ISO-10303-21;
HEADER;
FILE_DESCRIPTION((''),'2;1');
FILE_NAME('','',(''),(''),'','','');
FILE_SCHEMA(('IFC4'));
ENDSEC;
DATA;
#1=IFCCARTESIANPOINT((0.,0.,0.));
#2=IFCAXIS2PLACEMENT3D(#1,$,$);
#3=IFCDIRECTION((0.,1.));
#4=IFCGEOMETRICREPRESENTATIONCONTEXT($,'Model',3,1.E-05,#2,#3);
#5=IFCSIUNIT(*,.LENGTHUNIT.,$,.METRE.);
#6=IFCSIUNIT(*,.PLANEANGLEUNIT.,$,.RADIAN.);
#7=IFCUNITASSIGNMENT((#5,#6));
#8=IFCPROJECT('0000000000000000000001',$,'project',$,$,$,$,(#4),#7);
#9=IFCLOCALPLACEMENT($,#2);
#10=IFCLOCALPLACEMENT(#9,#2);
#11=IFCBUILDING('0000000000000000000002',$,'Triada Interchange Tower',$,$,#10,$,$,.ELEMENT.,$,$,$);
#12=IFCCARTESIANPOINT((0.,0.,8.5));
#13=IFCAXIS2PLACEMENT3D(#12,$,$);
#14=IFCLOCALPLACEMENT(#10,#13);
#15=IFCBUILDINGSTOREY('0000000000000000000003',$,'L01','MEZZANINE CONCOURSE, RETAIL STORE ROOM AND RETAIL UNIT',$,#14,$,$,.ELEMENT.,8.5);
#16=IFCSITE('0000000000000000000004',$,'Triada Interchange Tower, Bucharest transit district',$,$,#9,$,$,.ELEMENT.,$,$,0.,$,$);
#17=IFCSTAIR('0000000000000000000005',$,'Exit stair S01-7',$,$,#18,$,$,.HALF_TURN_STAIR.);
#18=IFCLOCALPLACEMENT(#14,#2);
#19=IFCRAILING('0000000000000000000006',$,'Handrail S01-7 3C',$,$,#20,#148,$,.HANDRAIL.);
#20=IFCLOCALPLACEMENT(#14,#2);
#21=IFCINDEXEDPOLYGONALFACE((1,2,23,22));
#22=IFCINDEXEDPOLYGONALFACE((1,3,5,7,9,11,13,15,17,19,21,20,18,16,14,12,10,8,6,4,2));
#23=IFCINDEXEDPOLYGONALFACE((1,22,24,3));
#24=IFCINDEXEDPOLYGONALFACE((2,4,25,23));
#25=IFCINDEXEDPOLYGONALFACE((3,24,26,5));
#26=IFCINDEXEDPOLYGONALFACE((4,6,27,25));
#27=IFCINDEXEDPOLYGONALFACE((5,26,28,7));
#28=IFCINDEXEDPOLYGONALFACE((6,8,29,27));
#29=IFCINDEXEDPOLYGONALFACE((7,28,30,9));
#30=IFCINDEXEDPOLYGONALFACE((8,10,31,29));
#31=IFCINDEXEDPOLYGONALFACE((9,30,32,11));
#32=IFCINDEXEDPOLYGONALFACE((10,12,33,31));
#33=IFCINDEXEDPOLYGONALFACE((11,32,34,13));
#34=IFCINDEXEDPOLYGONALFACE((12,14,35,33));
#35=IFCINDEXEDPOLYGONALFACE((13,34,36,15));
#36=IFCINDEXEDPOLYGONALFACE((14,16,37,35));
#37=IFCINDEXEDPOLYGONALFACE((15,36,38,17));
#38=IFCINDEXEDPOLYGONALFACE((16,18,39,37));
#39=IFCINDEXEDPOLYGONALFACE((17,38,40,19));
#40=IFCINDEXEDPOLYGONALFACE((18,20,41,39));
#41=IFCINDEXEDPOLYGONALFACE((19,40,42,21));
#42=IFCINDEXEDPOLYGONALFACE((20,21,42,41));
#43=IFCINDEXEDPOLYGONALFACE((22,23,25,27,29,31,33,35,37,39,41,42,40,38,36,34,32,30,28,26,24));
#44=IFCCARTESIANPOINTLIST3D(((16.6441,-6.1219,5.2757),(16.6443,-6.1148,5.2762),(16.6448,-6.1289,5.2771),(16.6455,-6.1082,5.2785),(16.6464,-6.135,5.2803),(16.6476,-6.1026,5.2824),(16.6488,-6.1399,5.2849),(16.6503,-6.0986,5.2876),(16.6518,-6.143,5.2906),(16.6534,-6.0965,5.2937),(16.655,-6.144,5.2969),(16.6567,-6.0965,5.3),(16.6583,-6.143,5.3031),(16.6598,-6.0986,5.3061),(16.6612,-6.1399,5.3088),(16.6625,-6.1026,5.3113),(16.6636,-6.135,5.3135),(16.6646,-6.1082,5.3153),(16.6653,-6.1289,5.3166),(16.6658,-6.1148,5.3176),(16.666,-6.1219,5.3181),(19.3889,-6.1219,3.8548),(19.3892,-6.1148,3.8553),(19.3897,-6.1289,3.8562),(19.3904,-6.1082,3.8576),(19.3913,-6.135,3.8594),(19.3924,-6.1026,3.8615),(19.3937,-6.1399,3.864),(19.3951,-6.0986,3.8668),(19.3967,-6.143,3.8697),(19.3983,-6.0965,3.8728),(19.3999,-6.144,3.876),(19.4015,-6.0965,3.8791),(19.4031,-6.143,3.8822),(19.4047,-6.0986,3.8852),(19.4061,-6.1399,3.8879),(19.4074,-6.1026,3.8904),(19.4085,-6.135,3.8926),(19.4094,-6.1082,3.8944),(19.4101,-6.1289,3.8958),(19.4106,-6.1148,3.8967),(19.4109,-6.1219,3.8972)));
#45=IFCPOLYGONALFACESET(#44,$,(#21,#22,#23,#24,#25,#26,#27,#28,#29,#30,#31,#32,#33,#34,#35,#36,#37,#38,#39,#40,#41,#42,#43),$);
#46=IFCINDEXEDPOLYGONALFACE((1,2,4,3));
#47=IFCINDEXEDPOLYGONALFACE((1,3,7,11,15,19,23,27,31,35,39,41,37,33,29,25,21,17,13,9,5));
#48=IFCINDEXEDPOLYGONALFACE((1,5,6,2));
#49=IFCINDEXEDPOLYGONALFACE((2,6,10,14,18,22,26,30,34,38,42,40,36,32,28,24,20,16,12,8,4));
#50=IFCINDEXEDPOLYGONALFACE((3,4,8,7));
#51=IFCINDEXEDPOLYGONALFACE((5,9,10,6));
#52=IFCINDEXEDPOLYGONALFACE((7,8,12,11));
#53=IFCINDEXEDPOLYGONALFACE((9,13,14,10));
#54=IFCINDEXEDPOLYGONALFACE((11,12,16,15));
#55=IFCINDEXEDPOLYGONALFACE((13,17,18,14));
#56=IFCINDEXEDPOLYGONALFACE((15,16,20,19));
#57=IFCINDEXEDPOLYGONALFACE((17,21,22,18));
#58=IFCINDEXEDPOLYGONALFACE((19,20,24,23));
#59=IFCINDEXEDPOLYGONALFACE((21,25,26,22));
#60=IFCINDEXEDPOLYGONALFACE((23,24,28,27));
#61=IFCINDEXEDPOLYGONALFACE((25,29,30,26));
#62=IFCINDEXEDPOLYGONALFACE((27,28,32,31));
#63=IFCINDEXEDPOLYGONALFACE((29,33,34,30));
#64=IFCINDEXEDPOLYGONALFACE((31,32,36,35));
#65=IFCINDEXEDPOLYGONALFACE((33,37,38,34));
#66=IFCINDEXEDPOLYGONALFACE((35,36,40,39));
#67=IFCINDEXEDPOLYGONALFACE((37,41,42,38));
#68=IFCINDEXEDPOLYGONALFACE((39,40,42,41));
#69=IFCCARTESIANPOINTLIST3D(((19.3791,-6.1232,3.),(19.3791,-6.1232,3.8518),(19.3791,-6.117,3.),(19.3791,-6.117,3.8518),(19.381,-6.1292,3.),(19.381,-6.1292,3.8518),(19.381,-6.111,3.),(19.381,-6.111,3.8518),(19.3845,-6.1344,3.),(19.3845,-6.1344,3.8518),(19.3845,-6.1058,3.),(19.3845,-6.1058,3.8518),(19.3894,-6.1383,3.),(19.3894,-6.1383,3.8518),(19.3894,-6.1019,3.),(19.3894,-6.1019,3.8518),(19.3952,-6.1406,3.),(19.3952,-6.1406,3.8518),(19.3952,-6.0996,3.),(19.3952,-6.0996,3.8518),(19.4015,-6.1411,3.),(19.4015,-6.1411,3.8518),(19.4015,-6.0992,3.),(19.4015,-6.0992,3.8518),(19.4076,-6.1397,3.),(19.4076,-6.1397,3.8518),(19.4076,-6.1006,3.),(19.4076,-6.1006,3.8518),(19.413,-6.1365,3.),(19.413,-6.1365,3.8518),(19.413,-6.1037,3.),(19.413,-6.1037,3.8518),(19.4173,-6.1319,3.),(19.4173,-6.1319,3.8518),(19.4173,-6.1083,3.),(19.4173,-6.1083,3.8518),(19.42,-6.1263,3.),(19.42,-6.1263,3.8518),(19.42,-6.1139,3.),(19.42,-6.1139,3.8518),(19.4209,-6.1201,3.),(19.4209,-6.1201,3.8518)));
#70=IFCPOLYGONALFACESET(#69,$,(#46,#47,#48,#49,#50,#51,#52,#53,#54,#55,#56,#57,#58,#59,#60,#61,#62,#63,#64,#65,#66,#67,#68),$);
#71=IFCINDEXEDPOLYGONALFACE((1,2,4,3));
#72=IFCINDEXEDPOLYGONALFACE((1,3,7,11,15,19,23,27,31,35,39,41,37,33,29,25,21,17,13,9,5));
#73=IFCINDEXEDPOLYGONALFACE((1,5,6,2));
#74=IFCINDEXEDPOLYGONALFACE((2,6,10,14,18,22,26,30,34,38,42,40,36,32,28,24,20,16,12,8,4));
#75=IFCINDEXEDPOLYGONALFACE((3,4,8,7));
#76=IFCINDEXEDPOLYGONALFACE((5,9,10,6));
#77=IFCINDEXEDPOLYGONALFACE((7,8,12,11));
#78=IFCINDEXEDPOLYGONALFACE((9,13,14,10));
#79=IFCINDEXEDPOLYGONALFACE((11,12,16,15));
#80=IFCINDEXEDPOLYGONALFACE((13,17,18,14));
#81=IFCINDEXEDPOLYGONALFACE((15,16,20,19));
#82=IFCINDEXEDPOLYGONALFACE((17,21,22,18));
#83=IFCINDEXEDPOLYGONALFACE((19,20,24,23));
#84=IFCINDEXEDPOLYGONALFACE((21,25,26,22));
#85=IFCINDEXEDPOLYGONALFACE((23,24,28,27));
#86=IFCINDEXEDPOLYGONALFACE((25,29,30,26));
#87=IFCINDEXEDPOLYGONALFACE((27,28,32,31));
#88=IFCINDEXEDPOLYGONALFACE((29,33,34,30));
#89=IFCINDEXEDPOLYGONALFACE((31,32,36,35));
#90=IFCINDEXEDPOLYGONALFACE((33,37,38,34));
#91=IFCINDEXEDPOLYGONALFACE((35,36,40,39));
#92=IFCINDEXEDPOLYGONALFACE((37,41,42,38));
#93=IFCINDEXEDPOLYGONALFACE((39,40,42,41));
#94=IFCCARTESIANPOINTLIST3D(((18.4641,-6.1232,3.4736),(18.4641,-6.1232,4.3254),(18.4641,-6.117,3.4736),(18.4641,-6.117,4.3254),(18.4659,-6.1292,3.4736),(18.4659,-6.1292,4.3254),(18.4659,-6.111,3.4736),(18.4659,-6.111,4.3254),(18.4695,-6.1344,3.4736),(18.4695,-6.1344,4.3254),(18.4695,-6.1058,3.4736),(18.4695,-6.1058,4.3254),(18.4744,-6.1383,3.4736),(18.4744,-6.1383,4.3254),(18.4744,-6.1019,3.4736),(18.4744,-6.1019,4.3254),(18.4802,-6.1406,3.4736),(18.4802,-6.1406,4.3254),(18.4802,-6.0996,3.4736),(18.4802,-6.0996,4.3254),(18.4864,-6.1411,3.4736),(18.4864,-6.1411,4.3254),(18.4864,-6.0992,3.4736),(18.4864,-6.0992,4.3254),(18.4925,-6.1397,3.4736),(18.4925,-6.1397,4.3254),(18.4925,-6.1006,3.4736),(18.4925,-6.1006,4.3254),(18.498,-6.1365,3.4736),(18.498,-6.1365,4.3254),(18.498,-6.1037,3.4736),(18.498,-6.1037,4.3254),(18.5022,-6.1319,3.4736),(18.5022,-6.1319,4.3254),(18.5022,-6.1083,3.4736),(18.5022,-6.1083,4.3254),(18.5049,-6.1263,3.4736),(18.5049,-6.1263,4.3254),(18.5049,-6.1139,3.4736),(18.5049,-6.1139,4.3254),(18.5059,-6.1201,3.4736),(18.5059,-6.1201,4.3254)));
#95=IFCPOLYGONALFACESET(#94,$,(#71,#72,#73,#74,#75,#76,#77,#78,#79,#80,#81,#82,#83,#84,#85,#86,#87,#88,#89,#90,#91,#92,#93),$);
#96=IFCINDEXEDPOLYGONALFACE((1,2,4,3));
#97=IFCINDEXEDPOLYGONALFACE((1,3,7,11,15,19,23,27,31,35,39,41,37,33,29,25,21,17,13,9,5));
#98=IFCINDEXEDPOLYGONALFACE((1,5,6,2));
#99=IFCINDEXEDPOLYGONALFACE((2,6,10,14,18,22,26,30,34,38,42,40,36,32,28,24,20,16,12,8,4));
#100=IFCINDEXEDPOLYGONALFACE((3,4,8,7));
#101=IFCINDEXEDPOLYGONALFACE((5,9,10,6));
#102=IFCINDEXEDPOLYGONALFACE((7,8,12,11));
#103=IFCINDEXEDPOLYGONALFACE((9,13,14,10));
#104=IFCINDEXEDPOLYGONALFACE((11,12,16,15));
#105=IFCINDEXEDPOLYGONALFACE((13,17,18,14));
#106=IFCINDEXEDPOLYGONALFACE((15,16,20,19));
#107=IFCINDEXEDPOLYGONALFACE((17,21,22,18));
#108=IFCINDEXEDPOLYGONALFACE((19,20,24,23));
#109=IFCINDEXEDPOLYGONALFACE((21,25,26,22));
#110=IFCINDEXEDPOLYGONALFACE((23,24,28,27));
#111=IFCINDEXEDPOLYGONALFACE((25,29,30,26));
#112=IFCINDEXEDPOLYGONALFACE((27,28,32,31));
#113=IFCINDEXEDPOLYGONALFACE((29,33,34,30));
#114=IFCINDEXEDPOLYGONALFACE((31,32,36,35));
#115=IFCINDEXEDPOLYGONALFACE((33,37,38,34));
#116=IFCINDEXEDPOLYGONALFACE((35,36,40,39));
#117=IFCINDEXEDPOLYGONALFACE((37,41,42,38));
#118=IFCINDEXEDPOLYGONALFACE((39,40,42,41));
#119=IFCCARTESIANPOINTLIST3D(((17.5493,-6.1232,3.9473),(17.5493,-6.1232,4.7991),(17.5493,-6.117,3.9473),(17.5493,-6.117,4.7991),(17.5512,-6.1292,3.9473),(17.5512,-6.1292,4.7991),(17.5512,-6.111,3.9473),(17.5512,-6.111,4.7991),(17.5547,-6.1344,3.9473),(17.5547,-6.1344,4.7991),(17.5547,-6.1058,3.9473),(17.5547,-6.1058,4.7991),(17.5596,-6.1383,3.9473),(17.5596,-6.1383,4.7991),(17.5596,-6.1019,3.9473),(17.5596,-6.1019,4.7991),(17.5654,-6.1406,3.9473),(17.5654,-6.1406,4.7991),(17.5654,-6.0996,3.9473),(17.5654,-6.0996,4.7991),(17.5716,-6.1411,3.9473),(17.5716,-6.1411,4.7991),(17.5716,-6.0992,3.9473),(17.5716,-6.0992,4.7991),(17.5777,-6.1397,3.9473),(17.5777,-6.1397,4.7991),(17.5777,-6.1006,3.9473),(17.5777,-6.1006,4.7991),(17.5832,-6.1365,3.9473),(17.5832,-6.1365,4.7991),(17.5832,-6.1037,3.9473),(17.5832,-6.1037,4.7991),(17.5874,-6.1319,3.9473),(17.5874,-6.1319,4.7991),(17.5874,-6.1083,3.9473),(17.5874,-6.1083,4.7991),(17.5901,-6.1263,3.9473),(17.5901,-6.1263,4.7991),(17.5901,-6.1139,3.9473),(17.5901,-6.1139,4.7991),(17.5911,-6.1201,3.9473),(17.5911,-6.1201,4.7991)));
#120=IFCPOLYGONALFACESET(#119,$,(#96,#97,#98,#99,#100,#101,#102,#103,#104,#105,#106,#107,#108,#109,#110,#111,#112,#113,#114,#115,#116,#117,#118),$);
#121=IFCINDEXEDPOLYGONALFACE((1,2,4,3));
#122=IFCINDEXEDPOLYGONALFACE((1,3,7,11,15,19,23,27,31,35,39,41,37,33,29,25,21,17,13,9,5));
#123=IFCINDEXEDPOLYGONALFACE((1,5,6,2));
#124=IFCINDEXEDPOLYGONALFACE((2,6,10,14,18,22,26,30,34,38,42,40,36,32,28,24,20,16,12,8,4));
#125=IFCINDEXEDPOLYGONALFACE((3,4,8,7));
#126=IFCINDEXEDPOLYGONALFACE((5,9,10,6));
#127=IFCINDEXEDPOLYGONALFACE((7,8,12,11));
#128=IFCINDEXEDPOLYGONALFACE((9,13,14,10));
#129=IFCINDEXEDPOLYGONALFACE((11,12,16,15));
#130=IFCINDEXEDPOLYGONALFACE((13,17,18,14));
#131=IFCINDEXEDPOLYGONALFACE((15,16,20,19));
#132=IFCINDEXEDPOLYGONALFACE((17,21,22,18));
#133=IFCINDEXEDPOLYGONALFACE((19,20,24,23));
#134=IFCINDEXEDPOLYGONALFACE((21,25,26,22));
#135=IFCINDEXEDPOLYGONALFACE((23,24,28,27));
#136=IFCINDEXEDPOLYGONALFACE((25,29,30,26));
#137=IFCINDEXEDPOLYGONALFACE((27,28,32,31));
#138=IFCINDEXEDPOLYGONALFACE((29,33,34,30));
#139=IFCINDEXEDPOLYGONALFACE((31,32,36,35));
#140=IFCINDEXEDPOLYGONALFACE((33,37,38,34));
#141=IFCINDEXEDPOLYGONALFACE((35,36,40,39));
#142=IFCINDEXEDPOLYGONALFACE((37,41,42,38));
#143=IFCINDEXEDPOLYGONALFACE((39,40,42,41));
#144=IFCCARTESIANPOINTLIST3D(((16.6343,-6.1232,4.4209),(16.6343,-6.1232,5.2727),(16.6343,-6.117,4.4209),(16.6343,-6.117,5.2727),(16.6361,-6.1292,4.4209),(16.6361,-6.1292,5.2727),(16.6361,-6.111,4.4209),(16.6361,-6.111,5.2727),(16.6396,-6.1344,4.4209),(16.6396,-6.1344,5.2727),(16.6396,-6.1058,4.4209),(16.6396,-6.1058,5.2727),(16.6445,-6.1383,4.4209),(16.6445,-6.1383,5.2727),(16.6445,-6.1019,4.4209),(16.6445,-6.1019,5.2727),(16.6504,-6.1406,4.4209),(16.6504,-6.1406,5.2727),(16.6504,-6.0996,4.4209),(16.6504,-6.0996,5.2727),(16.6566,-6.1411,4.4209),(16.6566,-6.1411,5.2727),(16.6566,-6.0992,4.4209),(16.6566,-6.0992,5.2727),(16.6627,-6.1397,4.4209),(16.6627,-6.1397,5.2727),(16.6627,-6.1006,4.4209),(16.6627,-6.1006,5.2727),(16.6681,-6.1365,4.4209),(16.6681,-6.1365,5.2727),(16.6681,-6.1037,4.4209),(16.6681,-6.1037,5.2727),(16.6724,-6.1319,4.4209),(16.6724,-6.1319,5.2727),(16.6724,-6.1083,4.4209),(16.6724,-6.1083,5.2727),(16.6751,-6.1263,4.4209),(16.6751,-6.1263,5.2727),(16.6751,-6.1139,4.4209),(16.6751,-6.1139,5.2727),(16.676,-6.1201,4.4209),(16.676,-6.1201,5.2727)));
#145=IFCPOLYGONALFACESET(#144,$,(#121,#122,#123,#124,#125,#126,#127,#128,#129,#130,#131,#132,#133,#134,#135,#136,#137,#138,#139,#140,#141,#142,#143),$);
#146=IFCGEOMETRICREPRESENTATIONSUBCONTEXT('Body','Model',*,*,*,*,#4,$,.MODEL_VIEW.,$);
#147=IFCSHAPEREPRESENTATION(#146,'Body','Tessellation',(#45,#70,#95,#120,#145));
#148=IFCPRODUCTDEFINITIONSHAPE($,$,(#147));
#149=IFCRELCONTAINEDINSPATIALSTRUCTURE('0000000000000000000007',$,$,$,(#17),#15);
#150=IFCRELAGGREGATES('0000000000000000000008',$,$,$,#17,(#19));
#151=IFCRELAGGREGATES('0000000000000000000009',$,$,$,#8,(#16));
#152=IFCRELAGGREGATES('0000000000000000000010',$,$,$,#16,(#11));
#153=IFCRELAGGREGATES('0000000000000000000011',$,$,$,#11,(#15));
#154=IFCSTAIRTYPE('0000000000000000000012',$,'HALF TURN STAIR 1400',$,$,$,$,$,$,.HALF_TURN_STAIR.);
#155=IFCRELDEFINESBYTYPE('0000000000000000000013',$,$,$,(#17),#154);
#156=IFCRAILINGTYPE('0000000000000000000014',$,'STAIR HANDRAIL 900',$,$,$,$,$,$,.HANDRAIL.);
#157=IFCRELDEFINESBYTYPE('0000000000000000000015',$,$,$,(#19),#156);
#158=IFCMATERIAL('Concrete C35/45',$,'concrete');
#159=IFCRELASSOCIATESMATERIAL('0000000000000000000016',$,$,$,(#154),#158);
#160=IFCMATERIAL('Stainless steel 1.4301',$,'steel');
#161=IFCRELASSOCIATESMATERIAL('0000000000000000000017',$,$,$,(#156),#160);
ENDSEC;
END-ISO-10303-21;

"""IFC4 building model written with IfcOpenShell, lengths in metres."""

from ifc_helpers import new_model, si_unit, direction, frame, origin, origin_2d, place, context, subcontext, project, spatial, circle, extrude, material, type_object, element, aggregate, save


model = new_model("IFC4")

# Units and contexts
model_context = context("Model", 3, precision=1e-05, world=origin(), true_north=direction((0.0, 1.0)))
body_context = subcontext(model_context, "Body", "Model", "MODEL_VIEW")
ifc_project = project(units=[si_unit("LENGTHUNIT", "METRE"), si_unit("PLANEANGLEUNIT", "RADIAN")], contexts=[model_context])

# Site, building, storey
site_placement = place(None, origin())
site = spatial("IfcSite", under=ifc_project, at=site_placement, Name="Triada Interchange Tower, Bucharest transit district", CompositionType="ELEMENT", RefElevation=0.0)
building_placement = place(site_placement, origin())
building = spatial("IfcBuilding", under=site, at=building_placement, Name="Triada Interchange Tower", CompositionType="ELEMENT")
storey_placement = place(building_placement, frame((0.0, 0.0, 8.5)))
storey = spatial("IfcBuildingStorey", under=building, at=storey_placement, Name="L01", Description="MEZZANINE CONCOURSE, RETAIL STORE ROOM AND RETAIL UNIT", CompositionType="ELEMENT", Elevation=8.5)

# Shared definitions
ifc_material_1 = material(Name="Concrete C35/45", Category="concrete")

# Stair, railing
stair_type = type_object("IfcStairType", Name="HALF TURN STAIR 1400", PredefinedType="HALF_TURN_STAIR", material=ifc_material_1)
stair_placement = place(storey_placement, origin())
stair = element("IfcStair", 1, at=stair_placement, inside=storey, type_object=stair_type, Name="Exit stair S01-7", PredefinedType="HALF_TURN_STAIR")
ifc_material_2 = material(Name="Stainless steel 1.4301", Category="steel")
railing_type_1 = type_object("IfcRailingType", Name="STAIR HANDRAIL 900", PredefinedType="HANDRAIL", material=ifc_material_2)
railing_1_placement = place(storey_placement, frame((19.3999, -6.1201, 3.0)))
railing_1 = element("IfcRailing", 2, at=railing_1_placement, type_object=railing_type_1, Name="Handrail S01-7 3C", PredefinedType="HANDRAIL", context=body_context, shape_type="SweptSolid", body=[
    extrude(circle(Radius=0.0239, at=origin_2d()), frame((0.0, 0.0, 0.876), z_axis=(-0.888068, 0.0, 0.459713), x_axis=(0.0, -1.0, 0.0)), (0.0, 0.0, 1.0), 3.0908),
    extrude(circle(Radius=0.021, at=origin_2d()), origin(), (0.0, 0.0, 1.0), 0.8518),
    extrude(circle(Radius=0.021, at=origin_2d()), frame((-0.915, 0.0, 0.4736)), (0.0, 0.0, 1.0), 0.8518),
    extrude(circle(Radius=0.021, at=origin_2d()), frame((-1.8298, 0.0, 0.9473)), (0.0, 0.0, 1.0), 0.8518),
    extrude(circle(Radius=0.021, at=origin_2d()), frame((-2.7449, 0.0, 1.4209)), (0.0, 0.0, 1.0), 0.8518),
])
aggregate(stair, [railing_1])

save(model, "model.ifc")
